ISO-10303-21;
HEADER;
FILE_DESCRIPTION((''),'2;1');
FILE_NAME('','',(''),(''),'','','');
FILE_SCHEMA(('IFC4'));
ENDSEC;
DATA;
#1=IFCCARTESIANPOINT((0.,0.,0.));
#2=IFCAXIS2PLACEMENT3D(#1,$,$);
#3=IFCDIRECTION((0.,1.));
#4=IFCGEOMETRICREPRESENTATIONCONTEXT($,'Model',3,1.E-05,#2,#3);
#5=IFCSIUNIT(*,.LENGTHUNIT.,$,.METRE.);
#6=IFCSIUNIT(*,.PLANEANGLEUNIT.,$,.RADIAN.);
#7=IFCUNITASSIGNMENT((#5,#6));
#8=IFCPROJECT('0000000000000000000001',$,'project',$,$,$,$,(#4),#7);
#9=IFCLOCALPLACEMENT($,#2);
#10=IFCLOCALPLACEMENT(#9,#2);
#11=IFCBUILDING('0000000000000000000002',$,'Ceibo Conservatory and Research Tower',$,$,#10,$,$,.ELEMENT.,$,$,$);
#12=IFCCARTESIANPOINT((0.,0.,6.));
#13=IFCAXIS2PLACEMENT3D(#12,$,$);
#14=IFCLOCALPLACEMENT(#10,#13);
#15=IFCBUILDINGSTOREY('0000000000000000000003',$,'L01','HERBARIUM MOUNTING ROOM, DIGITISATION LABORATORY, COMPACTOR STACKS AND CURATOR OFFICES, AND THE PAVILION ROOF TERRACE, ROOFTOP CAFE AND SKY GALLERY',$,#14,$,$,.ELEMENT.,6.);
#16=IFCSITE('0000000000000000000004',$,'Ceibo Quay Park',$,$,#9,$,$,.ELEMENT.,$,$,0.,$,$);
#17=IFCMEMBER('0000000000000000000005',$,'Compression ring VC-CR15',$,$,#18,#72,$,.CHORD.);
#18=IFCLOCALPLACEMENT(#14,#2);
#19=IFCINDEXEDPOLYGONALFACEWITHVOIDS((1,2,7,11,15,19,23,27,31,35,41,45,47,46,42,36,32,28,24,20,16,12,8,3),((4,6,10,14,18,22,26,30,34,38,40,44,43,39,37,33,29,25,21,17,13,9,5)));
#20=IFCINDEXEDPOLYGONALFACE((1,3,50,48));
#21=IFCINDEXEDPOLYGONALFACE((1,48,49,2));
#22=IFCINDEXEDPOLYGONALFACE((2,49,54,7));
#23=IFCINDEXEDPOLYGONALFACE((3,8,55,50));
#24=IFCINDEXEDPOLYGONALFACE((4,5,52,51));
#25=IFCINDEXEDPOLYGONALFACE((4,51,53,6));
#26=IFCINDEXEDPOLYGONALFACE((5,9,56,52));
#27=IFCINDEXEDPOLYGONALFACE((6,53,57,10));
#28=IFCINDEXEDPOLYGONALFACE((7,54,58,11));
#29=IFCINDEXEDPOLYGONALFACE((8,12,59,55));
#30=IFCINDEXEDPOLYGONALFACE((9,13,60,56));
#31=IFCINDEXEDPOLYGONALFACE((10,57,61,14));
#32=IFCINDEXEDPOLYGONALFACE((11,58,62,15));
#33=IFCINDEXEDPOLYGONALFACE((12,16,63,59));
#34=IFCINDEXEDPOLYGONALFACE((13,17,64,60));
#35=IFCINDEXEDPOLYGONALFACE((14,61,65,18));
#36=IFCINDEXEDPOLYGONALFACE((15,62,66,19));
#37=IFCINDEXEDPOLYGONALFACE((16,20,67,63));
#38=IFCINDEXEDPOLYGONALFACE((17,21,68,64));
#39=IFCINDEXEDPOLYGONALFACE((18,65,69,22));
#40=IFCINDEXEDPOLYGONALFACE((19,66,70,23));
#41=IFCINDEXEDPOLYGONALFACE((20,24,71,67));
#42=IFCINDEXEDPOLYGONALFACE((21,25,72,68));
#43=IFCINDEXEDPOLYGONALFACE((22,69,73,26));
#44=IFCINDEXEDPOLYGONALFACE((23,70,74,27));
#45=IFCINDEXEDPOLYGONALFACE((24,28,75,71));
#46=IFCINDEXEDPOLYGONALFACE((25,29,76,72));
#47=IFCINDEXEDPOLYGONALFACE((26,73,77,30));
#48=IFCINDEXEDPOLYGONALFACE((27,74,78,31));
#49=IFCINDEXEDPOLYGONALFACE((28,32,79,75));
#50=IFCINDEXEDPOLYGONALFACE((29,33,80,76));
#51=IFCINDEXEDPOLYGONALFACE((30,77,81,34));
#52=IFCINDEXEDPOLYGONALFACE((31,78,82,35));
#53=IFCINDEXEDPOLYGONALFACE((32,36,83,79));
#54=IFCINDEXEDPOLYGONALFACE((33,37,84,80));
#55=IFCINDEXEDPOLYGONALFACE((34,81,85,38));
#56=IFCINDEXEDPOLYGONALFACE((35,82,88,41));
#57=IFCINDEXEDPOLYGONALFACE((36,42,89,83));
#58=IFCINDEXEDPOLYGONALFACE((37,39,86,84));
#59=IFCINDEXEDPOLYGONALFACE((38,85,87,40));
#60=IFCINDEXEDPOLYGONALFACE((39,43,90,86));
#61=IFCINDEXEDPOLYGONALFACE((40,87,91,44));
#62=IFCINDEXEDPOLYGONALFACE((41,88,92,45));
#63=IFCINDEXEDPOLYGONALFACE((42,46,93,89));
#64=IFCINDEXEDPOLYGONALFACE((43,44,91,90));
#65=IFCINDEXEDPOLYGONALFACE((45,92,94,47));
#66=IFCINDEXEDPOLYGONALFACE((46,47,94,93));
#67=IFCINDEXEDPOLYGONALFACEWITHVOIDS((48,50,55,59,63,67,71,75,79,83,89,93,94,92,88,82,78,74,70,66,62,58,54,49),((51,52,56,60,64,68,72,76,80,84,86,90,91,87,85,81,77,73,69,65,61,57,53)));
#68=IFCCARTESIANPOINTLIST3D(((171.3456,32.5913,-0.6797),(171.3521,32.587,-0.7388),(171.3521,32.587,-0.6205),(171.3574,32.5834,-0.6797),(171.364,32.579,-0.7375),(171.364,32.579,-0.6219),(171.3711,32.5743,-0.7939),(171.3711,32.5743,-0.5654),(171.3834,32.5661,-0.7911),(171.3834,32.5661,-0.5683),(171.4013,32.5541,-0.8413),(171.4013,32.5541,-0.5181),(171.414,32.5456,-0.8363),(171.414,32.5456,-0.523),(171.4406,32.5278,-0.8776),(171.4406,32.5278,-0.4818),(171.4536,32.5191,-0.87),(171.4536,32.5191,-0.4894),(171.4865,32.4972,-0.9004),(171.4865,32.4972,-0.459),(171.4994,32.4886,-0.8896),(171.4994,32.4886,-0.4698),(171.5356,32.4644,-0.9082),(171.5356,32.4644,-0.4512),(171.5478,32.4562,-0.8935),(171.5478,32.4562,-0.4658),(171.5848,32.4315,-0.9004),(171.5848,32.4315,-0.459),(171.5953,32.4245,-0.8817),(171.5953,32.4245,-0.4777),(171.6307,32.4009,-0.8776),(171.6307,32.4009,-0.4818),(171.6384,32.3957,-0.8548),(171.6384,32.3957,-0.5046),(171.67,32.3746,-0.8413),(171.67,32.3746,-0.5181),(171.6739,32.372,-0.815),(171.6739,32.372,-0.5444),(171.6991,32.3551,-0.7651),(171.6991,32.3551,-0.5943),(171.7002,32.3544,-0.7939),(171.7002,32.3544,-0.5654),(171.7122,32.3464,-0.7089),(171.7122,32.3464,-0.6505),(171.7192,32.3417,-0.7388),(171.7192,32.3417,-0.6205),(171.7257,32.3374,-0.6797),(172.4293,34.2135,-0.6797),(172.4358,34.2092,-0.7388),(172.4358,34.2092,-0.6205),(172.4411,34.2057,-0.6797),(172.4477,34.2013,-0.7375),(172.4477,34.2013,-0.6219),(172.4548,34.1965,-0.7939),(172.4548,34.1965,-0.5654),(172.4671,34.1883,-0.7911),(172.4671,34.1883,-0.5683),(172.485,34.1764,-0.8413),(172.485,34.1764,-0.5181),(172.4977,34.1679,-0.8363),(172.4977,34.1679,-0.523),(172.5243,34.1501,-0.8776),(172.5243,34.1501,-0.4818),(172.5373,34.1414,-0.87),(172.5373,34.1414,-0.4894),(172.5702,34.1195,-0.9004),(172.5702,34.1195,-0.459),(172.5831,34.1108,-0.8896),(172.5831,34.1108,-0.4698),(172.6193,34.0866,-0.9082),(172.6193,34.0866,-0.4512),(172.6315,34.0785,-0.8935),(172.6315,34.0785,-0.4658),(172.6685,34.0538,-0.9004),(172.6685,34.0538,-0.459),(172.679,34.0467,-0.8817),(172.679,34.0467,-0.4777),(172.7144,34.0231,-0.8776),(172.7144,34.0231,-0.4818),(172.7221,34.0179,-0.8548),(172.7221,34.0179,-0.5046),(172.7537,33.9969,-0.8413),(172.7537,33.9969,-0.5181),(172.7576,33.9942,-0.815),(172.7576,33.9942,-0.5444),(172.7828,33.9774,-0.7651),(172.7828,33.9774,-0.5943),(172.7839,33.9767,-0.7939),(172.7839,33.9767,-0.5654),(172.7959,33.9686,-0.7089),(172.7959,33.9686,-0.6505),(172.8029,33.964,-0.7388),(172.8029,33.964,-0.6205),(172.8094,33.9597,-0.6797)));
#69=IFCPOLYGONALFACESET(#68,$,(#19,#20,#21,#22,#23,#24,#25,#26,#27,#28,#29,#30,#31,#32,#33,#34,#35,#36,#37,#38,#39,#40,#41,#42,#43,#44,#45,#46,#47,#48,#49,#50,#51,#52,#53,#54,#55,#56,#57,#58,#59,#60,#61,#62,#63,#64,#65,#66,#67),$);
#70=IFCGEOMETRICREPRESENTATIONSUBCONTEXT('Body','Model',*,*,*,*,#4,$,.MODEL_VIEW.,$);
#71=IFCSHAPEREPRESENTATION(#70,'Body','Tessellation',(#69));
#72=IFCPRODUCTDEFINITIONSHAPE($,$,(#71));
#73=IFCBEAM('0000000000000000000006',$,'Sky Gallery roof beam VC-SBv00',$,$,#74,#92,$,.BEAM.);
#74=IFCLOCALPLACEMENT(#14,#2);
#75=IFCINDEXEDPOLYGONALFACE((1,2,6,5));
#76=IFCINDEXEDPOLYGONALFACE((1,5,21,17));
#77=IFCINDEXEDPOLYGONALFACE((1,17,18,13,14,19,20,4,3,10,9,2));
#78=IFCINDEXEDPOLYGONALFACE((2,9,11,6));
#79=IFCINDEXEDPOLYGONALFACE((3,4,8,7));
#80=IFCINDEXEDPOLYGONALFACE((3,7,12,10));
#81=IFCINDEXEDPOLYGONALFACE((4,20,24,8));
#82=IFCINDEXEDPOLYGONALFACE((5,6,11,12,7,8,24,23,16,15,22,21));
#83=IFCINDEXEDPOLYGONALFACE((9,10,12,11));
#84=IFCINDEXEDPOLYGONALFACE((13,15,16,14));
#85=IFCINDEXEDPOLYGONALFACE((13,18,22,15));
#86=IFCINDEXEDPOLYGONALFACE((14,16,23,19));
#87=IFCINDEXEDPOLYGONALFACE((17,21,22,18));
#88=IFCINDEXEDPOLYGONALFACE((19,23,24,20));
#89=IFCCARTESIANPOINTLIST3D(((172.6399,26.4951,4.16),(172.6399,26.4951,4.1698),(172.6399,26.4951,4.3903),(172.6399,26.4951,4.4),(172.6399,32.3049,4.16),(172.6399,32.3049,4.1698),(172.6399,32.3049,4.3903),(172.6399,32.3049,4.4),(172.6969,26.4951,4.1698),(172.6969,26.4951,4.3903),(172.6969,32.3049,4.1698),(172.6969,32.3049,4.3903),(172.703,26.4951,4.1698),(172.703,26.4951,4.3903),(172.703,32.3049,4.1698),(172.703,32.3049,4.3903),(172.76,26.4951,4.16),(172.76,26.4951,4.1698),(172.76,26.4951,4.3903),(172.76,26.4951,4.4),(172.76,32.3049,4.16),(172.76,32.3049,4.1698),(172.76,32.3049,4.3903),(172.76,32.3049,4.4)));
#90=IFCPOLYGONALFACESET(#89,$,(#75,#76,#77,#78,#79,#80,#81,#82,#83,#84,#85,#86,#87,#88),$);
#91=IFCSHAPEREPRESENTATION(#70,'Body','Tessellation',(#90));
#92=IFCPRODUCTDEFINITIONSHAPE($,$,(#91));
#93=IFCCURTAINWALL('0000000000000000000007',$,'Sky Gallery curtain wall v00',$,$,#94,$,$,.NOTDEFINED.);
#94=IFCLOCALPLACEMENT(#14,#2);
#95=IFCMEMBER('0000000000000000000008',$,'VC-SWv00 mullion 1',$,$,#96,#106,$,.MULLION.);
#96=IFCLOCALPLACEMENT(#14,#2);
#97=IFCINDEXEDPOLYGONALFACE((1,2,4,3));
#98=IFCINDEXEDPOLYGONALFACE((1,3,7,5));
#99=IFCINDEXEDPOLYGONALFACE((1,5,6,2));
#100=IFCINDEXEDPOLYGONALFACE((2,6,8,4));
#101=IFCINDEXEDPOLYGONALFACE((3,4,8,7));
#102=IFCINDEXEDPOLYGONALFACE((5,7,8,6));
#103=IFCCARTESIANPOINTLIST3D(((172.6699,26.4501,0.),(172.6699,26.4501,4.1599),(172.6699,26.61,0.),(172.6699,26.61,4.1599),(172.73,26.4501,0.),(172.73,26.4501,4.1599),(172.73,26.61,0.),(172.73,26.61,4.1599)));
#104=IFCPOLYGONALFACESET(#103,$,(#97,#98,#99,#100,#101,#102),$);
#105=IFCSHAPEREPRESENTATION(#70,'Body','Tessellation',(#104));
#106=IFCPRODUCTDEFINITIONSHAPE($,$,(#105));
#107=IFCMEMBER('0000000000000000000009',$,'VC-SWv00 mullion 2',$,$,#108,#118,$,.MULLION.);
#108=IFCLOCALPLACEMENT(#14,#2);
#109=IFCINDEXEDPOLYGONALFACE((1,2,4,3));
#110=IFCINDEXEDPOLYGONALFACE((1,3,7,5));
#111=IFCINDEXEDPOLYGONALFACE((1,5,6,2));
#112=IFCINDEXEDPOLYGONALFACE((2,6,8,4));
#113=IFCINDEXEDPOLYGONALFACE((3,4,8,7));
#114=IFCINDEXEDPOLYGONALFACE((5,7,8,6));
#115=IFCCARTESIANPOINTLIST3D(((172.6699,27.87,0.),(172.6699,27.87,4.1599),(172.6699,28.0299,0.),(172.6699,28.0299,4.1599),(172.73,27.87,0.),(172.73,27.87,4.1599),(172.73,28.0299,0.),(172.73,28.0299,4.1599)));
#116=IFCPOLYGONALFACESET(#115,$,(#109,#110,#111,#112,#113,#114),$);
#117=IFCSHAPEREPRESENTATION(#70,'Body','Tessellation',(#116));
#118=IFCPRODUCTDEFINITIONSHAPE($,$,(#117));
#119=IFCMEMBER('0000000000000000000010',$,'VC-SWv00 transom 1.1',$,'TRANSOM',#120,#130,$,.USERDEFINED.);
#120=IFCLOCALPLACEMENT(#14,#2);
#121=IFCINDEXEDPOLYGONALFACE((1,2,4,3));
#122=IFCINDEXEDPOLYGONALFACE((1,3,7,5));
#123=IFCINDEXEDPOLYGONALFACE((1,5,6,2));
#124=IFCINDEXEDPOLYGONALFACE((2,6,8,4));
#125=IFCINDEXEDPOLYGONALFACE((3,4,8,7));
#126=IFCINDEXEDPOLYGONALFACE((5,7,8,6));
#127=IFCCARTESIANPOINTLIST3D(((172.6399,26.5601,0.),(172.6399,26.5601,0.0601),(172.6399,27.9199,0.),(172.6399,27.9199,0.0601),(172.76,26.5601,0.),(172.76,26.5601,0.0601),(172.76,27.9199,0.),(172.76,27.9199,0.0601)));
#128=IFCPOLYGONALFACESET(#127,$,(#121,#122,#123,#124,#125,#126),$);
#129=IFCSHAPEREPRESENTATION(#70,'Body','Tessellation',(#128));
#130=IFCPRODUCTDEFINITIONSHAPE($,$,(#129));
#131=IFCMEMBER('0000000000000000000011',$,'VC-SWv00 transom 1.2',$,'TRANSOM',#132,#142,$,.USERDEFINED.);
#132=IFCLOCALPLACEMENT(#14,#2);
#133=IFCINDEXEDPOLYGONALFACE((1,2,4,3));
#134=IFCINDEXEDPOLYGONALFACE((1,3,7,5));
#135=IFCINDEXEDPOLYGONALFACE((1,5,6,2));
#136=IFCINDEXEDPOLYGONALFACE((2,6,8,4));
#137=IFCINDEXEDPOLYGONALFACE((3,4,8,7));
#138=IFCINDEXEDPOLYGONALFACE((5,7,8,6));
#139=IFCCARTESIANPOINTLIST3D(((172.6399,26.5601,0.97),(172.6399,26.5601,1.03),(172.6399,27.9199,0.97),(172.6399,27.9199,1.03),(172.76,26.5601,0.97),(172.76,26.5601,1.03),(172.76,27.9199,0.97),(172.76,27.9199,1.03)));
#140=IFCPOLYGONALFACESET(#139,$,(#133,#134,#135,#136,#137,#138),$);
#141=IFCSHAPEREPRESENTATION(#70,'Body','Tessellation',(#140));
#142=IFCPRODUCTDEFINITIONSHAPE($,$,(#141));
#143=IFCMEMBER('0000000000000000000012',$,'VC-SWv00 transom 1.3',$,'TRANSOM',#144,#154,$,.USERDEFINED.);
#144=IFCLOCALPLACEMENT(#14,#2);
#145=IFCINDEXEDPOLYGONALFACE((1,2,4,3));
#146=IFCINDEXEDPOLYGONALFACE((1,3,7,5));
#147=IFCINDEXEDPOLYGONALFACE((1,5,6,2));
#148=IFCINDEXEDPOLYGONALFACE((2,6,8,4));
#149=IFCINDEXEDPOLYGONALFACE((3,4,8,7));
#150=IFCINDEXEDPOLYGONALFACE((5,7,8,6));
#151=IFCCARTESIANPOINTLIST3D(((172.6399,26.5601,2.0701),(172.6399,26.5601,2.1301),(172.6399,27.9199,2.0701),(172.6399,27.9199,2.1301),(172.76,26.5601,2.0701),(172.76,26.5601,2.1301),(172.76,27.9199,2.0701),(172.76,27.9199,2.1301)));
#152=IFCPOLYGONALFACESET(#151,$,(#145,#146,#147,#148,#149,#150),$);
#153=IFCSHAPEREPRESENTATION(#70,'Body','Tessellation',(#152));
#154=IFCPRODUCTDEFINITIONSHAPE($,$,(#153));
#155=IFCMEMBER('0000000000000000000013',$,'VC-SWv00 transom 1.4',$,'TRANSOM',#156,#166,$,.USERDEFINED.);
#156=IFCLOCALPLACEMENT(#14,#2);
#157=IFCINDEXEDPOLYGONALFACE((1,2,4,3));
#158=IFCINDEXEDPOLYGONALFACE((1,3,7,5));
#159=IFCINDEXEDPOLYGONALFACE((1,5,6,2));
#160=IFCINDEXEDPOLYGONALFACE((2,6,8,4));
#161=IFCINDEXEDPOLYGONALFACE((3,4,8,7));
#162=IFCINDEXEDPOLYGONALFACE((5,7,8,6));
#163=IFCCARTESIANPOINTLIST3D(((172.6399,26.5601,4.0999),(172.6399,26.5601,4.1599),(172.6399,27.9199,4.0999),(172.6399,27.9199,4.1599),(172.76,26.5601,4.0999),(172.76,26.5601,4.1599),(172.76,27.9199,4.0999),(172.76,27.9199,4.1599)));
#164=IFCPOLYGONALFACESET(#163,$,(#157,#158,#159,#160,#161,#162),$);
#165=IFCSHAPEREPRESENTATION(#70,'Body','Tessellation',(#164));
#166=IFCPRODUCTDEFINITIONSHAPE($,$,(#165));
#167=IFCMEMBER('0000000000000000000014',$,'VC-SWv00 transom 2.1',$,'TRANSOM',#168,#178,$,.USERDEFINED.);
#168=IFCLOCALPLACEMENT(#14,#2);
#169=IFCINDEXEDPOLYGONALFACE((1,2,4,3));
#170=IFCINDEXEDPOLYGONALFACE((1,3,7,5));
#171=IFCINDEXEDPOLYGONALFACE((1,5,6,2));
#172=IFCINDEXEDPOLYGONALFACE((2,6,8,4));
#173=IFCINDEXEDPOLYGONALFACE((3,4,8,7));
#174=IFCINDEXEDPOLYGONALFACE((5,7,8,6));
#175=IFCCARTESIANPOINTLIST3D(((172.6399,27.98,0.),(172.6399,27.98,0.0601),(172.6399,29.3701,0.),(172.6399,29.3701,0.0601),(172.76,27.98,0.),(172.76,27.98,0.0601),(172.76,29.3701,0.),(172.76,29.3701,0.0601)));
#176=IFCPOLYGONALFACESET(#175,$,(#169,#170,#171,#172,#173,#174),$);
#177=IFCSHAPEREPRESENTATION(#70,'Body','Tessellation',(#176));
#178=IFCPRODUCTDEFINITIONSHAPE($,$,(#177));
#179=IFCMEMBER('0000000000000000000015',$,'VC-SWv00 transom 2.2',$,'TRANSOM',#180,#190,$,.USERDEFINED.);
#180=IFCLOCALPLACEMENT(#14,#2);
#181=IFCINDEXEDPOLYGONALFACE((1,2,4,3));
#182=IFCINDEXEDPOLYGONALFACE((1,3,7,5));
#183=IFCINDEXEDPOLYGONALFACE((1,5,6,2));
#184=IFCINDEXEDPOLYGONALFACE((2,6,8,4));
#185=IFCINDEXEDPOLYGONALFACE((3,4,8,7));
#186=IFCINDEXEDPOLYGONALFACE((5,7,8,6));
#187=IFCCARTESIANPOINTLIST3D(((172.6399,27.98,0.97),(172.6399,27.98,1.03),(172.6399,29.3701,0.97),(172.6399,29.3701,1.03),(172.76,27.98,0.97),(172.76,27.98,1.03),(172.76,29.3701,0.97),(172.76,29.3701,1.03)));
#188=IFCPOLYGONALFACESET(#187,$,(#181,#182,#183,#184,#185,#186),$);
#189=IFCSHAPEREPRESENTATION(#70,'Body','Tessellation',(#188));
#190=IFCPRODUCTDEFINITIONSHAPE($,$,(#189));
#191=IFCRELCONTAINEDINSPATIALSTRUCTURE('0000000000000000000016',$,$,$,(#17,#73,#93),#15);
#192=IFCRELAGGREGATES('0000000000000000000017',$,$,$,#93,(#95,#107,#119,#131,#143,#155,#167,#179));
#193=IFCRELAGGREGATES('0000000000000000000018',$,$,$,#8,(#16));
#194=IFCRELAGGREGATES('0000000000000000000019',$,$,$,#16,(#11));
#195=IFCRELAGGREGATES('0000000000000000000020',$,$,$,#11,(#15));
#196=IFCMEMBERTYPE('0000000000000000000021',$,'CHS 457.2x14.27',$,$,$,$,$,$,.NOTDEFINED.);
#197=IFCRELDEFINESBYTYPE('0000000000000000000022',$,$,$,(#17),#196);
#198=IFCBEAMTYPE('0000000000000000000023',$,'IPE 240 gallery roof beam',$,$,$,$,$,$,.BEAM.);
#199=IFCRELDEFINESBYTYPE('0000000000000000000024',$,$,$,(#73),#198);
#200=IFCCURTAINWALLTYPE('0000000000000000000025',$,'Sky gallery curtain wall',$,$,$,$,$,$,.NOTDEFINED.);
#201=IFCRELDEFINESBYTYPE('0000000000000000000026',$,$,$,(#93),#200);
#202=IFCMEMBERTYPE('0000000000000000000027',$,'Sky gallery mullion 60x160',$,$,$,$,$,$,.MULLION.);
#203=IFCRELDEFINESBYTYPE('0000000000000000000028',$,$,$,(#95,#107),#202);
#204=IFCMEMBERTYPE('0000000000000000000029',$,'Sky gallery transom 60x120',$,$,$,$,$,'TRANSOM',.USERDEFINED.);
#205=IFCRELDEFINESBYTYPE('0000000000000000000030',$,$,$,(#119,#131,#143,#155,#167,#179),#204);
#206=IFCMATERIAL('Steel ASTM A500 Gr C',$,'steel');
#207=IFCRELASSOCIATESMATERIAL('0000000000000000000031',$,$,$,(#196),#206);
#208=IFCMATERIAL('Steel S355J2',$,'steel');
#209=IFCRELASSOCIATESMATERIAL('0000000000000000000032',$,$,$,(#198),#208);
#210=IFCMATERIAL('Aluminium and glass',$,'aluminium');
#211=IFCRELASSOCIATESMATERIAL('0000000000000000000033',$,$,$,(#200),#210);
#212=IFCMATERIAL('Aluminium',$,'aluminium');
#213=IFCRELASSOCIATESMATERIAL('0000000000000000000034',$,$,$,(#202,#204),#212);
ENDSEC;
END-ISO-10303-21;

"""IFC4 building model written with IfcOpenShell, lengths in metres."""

from ifc_helpers import new_model, si_unit, direction, frame, origin, origin_2d, place, context, subcontext, project, spatial, rectangle, hollow_circle, i_section, extrude, material, material_profile, profile_set, type_object, element, aggregate, save


model = new_model("IFC4")

# Units and contexts
model_context = context("Model", 3, precision=1e-05, world=origin(), true_north=direction((0.0, 1.0)))
body_context = subcontext(model_context, "Body", "Model", "MODEL_VIEW")
ifc_project = project(units=[si_unit("LENGTHUNIT", "METRE"), si_unit("PLANEANGLEUNIT", "RADIAN")], contexts=[model_context])

# Site, building, storey
site_placement = place(None, origin())
site = spatial("IfcSite", under=ifc_project, at=site_placement, Name="Ceibo Quay Park", CompositionType="ELEMENT", RefElevation=0.0)
building_placement = place(site_placement, origin())
building = spatial("IfcBuilding", under=site, at=building_placement, Name="Ceibo Conservatory and Research Tower", CompositionType="ELEMENT")
storey_placement = place(building_placement, frame((0.0, 0.0, 6.0)))
storey = spatial("IfcBuildingStorey", under=building, at=storey_placement, Name="L01", Description="HERBARIUM MOUNTING ROOM, DIGITISATION LABORATORY, COMPACTOR STACKS AND CURATOR OFFICES, AND THE PAVILION ROOF TERRACE, ROOFTOP CAFE AND SKY GALLERY", CompositionType="ELEMENT", Elevation=6.0)

# Member
ifc_material_1 = material(Name="Steel ASTM A500 Gr C", Category="steel")
ifc_material_profile_1 = material_profile(ifc_material_1, hollow_circle(Radius=0.2285, WallThickness=0.0142, at=origin_2d()), Name="CHS 457.2x14.27")
ifc_profile_set_1 = profile_set([ifc_material_profile_1], Name="Steel ASTM A500 Gr C")
member_type_1 = type_object("IfcMemberType", Name="CHS 457.2x14.27", PredefinedType="NOTDEFINED", material=ifc_profile_set_1)
for number, where, z_axis, x_axis, name in (
    (1, (171.5356, 32.4644, -0.6797), (0.55548, 0.83153, 0.0), (-0.83153, 0.55548, 0.0), "Compression ring VC-CR15"),
):
    element("IfcMember", number, at=place(storey_placement, frame(where, z_axis=z_axis, x_axis=x_axis)), inside=storey, type_object=member_type_1, Name=name, PredefinedType="CHORD", context=body_context, shape_type="SweptSolid", body=[
        extrude(hollow_circle(Radius=0.2285, WallThickness=0.0142, at=origin_2d()), origin(), (0.0, 0.0, 1.0), 1.9509),
    ])

# Beam
ifc_material_2 = material(Name="Steel S355J2", Category="steel")
ifc_material_profile_2 = material_profile(ifc_material_2, i_section(OverallWidth=0.1201, OverallDepth=0.24, WebThickness=0.0061, FlangeThickness=0.0098, at=origin_2d()), Name="IPE 240")
ifc_profile_set_2 = profile_set([ifc_material_profile_2], Name="Steel S355J2")
beam_type = type_object("IfcBeamType", Name="IPE 240 gallery roof beam", PredefinedType="BEAM", material=ifc_profile_set_2)
beam_placement = place(storey_placement, frame((172.7, 26.4951, 4.28), z_axis=(0.0, 1.0, 0.0), x_axis=(-1.0, 0.0, 0.0)))
element("IfcBeam", 2, at=beam_placement, inside=storey, type_object=beam_type, Name="Sky Gallery roof beam VC-SBv00", PredefinedType="BEAM", context=body_context, shape_type="SweptSolid", body=[
    extrude(i_section(OverallWidth=0.1201, OverallDepth=0.24, WebThickness=0.0061, FlangeThickness=0.0098, at=origin_2d()), origin(), (0.0, 0.0, 1.0), 5.8098),
])

# Curtain wall, members
ifc_material_3 = material(Name="Aluminium and glass", Category="aluminium")
curtain_wall_type = type_object("IfcCurtainWallType", Name="Sky gallery curtain wall", PredefinedType="NOTDEFINED", material=ifc_material_3)
curtain_wall_placement = place(storey_placement, origin())
curtain_wall = element("IfcCurtainWall", 3, at=curtain_wall_placement, inside=storey, type_object=curtain_wall_type, Name="Sky Gallery curtain wall v00", PredefinedType="NOTDEFINED")
ifc_material_4 = material(Name="Aluminium", Category="aluminium")
ifc_material_profile_3 = material_profile(ifc_material_4, rectangle(XDim=0.0601, YDim=0.1599, at=origin_2d()), Name="AL 60x160")
ifc_profile_set_3 = profile_set([ifc_material_profile_3], Name="Aluminium")
member_type_2 = type_object("IfcMemberType", Name="Sky gallery mullion 60x160", PredefinedType="MULLION", material=ifc_profile_set_3)
member_1_placement = place(storey_placement, frame((172.7, 26.53, 0.0), z_axis=(0.0, 0.0, 1.0), x_axis=(-1.0, 0.0, 0.0)))
member_1 = element("IfcMember", 4, at=member_1_placement, type_object=member_type_2, Name="VC-SWv00 mullion 1", PredefinedType="MULLION", context=body_context, shape_type="SweptSolid", body=[
    extrude(rectangle(XDim=0.0601, YDim=0.1599, at=origin_2d()), origin(), (0.0, 0.0, 1.0), 4.1599),
])
member_2_placement = place(storey_placement, frame((172.7, 27.95, 0.0), z_axis=(0.0, 0.0, 1.0), x_axis=(-1.0, 0.0, 0.0)))
member_2 = element("IfcMember", 5, at=member_2_placement, type_object=member_type_2, Name="VC-SWv00 mullion 2", PredefinedType="MULLION", context=body_context, shape_type="SweptSolid", body=[
    extrude(rectangle(XDim=0.0601, YDim=0.1599, at=origin_2d()), origin(), (0.0, 0.0, 1.0), 4.1599),
])
ifc_material_profile_4 = material_profile(ifc_material_4, rectangle(XDim=0.1201, YDim=0.0601, at=origin_2d()), Name="AL 60x120")
ifc_profile_set_4 = profile_set([ifc_material_profile_4], Name="Aluminium")
member_type_3 = type_object("IfcMemberType", Name="Sky gallery transom 60x120", ElementType="TRANSOM", PredefinedType="USERDEFINED", material=ifc_profile_set_4)
member_3_placement = place(storey_placement, frame((172.7, 26.5601, 0.03), z_axis=(0.0, 1.0, 0.0), x_axis=(-1.0, 0.0, 0.0)))
member_3 = element("IfcMember", 6, at=member_3_placement, type_object=member_type_3, Name="VC-SWv00 transom 1.1", ObjectType="TRANSOM", PredefinedType="USERDEFINED", context=body_context, shape_type="SweptSolid", body=[
    extrude(rectangle(XDim=0.1201, YDim=0.0601, at=origin_2d()), origin(), (0.0, 0.0, 1.0), 1.3599),
])
member_4_placement = place(storey_placement, frame((172.7, 26.5601, 1.0), z_axis=(0.0, 1.0, 0.0), x_axis=(-1.0, 0.0, 0.0)))
member_4 = element("IfcMember", 7, at=member_4_placement, type_object=member_type_3, Name="VC-SWv00 transom 1.2", ObjectType="TRANSOM", PredefinedType="USERDEFINED", context=body_context, shape_type="SweptSolid", body=[
    extrude(rectangle(XDim=0.1201, YDim=0.0601, at=origin_2d()), origin(), (0.0, 0.0, 1.0), 1.3599),
])
member_5_placement = place(storey_placement, frame((172.7, 26.5601, 2.1001), z_axis=(0.0, 1.0, 0.0), x_axis=(-1.0, 0.0, 0.0)))
member_5 = element("IfcMember", 8, at=member_5_placement, type_object=member_type_3, Name="VC-SWv00 transom 1.3", ObjectType="TRANSOM", PredefinedType="USERDEFINED", context=body_context, shape_type="SweptSolid", body=[
    extrude(rectangle(XDim=0.1201, YDim=0.0601, at=origin_2d()), origin(), (0.0, 0.0, 1.0), 1.3599),
])
member_6_placement = place(storey_placement, frame((172.7, 26.5601, 4.1299), z_axis=(0.0, 1.0, 0.0), x_axis=(-1.0, 0.0, 0.0)))
member_6 = element("IfcMember", 9, at=member_6_placement, type_object=member_type_3, Name="VC-SWv00 transom 1.4", ObjectType="TRANSOM", PredefinedType="USERDEFINED", context=body_context, shape_type="SweptSolid", body=[
    extrude(rectangle(XDim=0.1201, YDim=0.0601, at=origin_2d()), origin(), (0.0, 0.0, 1.0), 1.3599),
])
member_7_placement = place(storey_placement, frame((172.7, 27.98, 0.03), z_axis=(0.0, 1.0, 0.0), x_axis=(-1.0, 0.0, 0.0)))
member_7 = element("IfcMember", 10, at=member_7_placement, type_object=member_type_3, Name="VC-SWv00 transom 2.1", ObjectType="TRANSOM", PredefinedType="USERDEFINED", context=body_context, shape_type="SweptSolid", body=[
    extrude(rectangle(XDim=0.1201, YDim=0.0601, at=origin_2d()), origin(), (0.0, 0.0, 1.0), 1.3901),
])
member_8_placement = place(storey_placement, frame((172.7, 27.98, 1.0), z_axis=(0.0, 1.0, 0.0), x_axis=(-1.0, 0.0, 0.0)))
member_8 = element("IfcMember", 11, at=member_8_placement, type_object=member_type_3, Name="VC-SWv00 transom 2.2", ObjectType="TRANSOM", PredefinedType="USERDEFINED", context=body_context, shape_type="SweptSolid", body=[
    extrude(rectangle(XDim=0.1201, YDim=0.0601, at=origin_2d()), origin(), (0.0, 0.0, 1.0), 1.3901),
])
aggregate(curtain_wall, [member_1, member_2, member_3, member_4, member_5, member_6, member_7, member_8])

save(model, "model.ifc")
